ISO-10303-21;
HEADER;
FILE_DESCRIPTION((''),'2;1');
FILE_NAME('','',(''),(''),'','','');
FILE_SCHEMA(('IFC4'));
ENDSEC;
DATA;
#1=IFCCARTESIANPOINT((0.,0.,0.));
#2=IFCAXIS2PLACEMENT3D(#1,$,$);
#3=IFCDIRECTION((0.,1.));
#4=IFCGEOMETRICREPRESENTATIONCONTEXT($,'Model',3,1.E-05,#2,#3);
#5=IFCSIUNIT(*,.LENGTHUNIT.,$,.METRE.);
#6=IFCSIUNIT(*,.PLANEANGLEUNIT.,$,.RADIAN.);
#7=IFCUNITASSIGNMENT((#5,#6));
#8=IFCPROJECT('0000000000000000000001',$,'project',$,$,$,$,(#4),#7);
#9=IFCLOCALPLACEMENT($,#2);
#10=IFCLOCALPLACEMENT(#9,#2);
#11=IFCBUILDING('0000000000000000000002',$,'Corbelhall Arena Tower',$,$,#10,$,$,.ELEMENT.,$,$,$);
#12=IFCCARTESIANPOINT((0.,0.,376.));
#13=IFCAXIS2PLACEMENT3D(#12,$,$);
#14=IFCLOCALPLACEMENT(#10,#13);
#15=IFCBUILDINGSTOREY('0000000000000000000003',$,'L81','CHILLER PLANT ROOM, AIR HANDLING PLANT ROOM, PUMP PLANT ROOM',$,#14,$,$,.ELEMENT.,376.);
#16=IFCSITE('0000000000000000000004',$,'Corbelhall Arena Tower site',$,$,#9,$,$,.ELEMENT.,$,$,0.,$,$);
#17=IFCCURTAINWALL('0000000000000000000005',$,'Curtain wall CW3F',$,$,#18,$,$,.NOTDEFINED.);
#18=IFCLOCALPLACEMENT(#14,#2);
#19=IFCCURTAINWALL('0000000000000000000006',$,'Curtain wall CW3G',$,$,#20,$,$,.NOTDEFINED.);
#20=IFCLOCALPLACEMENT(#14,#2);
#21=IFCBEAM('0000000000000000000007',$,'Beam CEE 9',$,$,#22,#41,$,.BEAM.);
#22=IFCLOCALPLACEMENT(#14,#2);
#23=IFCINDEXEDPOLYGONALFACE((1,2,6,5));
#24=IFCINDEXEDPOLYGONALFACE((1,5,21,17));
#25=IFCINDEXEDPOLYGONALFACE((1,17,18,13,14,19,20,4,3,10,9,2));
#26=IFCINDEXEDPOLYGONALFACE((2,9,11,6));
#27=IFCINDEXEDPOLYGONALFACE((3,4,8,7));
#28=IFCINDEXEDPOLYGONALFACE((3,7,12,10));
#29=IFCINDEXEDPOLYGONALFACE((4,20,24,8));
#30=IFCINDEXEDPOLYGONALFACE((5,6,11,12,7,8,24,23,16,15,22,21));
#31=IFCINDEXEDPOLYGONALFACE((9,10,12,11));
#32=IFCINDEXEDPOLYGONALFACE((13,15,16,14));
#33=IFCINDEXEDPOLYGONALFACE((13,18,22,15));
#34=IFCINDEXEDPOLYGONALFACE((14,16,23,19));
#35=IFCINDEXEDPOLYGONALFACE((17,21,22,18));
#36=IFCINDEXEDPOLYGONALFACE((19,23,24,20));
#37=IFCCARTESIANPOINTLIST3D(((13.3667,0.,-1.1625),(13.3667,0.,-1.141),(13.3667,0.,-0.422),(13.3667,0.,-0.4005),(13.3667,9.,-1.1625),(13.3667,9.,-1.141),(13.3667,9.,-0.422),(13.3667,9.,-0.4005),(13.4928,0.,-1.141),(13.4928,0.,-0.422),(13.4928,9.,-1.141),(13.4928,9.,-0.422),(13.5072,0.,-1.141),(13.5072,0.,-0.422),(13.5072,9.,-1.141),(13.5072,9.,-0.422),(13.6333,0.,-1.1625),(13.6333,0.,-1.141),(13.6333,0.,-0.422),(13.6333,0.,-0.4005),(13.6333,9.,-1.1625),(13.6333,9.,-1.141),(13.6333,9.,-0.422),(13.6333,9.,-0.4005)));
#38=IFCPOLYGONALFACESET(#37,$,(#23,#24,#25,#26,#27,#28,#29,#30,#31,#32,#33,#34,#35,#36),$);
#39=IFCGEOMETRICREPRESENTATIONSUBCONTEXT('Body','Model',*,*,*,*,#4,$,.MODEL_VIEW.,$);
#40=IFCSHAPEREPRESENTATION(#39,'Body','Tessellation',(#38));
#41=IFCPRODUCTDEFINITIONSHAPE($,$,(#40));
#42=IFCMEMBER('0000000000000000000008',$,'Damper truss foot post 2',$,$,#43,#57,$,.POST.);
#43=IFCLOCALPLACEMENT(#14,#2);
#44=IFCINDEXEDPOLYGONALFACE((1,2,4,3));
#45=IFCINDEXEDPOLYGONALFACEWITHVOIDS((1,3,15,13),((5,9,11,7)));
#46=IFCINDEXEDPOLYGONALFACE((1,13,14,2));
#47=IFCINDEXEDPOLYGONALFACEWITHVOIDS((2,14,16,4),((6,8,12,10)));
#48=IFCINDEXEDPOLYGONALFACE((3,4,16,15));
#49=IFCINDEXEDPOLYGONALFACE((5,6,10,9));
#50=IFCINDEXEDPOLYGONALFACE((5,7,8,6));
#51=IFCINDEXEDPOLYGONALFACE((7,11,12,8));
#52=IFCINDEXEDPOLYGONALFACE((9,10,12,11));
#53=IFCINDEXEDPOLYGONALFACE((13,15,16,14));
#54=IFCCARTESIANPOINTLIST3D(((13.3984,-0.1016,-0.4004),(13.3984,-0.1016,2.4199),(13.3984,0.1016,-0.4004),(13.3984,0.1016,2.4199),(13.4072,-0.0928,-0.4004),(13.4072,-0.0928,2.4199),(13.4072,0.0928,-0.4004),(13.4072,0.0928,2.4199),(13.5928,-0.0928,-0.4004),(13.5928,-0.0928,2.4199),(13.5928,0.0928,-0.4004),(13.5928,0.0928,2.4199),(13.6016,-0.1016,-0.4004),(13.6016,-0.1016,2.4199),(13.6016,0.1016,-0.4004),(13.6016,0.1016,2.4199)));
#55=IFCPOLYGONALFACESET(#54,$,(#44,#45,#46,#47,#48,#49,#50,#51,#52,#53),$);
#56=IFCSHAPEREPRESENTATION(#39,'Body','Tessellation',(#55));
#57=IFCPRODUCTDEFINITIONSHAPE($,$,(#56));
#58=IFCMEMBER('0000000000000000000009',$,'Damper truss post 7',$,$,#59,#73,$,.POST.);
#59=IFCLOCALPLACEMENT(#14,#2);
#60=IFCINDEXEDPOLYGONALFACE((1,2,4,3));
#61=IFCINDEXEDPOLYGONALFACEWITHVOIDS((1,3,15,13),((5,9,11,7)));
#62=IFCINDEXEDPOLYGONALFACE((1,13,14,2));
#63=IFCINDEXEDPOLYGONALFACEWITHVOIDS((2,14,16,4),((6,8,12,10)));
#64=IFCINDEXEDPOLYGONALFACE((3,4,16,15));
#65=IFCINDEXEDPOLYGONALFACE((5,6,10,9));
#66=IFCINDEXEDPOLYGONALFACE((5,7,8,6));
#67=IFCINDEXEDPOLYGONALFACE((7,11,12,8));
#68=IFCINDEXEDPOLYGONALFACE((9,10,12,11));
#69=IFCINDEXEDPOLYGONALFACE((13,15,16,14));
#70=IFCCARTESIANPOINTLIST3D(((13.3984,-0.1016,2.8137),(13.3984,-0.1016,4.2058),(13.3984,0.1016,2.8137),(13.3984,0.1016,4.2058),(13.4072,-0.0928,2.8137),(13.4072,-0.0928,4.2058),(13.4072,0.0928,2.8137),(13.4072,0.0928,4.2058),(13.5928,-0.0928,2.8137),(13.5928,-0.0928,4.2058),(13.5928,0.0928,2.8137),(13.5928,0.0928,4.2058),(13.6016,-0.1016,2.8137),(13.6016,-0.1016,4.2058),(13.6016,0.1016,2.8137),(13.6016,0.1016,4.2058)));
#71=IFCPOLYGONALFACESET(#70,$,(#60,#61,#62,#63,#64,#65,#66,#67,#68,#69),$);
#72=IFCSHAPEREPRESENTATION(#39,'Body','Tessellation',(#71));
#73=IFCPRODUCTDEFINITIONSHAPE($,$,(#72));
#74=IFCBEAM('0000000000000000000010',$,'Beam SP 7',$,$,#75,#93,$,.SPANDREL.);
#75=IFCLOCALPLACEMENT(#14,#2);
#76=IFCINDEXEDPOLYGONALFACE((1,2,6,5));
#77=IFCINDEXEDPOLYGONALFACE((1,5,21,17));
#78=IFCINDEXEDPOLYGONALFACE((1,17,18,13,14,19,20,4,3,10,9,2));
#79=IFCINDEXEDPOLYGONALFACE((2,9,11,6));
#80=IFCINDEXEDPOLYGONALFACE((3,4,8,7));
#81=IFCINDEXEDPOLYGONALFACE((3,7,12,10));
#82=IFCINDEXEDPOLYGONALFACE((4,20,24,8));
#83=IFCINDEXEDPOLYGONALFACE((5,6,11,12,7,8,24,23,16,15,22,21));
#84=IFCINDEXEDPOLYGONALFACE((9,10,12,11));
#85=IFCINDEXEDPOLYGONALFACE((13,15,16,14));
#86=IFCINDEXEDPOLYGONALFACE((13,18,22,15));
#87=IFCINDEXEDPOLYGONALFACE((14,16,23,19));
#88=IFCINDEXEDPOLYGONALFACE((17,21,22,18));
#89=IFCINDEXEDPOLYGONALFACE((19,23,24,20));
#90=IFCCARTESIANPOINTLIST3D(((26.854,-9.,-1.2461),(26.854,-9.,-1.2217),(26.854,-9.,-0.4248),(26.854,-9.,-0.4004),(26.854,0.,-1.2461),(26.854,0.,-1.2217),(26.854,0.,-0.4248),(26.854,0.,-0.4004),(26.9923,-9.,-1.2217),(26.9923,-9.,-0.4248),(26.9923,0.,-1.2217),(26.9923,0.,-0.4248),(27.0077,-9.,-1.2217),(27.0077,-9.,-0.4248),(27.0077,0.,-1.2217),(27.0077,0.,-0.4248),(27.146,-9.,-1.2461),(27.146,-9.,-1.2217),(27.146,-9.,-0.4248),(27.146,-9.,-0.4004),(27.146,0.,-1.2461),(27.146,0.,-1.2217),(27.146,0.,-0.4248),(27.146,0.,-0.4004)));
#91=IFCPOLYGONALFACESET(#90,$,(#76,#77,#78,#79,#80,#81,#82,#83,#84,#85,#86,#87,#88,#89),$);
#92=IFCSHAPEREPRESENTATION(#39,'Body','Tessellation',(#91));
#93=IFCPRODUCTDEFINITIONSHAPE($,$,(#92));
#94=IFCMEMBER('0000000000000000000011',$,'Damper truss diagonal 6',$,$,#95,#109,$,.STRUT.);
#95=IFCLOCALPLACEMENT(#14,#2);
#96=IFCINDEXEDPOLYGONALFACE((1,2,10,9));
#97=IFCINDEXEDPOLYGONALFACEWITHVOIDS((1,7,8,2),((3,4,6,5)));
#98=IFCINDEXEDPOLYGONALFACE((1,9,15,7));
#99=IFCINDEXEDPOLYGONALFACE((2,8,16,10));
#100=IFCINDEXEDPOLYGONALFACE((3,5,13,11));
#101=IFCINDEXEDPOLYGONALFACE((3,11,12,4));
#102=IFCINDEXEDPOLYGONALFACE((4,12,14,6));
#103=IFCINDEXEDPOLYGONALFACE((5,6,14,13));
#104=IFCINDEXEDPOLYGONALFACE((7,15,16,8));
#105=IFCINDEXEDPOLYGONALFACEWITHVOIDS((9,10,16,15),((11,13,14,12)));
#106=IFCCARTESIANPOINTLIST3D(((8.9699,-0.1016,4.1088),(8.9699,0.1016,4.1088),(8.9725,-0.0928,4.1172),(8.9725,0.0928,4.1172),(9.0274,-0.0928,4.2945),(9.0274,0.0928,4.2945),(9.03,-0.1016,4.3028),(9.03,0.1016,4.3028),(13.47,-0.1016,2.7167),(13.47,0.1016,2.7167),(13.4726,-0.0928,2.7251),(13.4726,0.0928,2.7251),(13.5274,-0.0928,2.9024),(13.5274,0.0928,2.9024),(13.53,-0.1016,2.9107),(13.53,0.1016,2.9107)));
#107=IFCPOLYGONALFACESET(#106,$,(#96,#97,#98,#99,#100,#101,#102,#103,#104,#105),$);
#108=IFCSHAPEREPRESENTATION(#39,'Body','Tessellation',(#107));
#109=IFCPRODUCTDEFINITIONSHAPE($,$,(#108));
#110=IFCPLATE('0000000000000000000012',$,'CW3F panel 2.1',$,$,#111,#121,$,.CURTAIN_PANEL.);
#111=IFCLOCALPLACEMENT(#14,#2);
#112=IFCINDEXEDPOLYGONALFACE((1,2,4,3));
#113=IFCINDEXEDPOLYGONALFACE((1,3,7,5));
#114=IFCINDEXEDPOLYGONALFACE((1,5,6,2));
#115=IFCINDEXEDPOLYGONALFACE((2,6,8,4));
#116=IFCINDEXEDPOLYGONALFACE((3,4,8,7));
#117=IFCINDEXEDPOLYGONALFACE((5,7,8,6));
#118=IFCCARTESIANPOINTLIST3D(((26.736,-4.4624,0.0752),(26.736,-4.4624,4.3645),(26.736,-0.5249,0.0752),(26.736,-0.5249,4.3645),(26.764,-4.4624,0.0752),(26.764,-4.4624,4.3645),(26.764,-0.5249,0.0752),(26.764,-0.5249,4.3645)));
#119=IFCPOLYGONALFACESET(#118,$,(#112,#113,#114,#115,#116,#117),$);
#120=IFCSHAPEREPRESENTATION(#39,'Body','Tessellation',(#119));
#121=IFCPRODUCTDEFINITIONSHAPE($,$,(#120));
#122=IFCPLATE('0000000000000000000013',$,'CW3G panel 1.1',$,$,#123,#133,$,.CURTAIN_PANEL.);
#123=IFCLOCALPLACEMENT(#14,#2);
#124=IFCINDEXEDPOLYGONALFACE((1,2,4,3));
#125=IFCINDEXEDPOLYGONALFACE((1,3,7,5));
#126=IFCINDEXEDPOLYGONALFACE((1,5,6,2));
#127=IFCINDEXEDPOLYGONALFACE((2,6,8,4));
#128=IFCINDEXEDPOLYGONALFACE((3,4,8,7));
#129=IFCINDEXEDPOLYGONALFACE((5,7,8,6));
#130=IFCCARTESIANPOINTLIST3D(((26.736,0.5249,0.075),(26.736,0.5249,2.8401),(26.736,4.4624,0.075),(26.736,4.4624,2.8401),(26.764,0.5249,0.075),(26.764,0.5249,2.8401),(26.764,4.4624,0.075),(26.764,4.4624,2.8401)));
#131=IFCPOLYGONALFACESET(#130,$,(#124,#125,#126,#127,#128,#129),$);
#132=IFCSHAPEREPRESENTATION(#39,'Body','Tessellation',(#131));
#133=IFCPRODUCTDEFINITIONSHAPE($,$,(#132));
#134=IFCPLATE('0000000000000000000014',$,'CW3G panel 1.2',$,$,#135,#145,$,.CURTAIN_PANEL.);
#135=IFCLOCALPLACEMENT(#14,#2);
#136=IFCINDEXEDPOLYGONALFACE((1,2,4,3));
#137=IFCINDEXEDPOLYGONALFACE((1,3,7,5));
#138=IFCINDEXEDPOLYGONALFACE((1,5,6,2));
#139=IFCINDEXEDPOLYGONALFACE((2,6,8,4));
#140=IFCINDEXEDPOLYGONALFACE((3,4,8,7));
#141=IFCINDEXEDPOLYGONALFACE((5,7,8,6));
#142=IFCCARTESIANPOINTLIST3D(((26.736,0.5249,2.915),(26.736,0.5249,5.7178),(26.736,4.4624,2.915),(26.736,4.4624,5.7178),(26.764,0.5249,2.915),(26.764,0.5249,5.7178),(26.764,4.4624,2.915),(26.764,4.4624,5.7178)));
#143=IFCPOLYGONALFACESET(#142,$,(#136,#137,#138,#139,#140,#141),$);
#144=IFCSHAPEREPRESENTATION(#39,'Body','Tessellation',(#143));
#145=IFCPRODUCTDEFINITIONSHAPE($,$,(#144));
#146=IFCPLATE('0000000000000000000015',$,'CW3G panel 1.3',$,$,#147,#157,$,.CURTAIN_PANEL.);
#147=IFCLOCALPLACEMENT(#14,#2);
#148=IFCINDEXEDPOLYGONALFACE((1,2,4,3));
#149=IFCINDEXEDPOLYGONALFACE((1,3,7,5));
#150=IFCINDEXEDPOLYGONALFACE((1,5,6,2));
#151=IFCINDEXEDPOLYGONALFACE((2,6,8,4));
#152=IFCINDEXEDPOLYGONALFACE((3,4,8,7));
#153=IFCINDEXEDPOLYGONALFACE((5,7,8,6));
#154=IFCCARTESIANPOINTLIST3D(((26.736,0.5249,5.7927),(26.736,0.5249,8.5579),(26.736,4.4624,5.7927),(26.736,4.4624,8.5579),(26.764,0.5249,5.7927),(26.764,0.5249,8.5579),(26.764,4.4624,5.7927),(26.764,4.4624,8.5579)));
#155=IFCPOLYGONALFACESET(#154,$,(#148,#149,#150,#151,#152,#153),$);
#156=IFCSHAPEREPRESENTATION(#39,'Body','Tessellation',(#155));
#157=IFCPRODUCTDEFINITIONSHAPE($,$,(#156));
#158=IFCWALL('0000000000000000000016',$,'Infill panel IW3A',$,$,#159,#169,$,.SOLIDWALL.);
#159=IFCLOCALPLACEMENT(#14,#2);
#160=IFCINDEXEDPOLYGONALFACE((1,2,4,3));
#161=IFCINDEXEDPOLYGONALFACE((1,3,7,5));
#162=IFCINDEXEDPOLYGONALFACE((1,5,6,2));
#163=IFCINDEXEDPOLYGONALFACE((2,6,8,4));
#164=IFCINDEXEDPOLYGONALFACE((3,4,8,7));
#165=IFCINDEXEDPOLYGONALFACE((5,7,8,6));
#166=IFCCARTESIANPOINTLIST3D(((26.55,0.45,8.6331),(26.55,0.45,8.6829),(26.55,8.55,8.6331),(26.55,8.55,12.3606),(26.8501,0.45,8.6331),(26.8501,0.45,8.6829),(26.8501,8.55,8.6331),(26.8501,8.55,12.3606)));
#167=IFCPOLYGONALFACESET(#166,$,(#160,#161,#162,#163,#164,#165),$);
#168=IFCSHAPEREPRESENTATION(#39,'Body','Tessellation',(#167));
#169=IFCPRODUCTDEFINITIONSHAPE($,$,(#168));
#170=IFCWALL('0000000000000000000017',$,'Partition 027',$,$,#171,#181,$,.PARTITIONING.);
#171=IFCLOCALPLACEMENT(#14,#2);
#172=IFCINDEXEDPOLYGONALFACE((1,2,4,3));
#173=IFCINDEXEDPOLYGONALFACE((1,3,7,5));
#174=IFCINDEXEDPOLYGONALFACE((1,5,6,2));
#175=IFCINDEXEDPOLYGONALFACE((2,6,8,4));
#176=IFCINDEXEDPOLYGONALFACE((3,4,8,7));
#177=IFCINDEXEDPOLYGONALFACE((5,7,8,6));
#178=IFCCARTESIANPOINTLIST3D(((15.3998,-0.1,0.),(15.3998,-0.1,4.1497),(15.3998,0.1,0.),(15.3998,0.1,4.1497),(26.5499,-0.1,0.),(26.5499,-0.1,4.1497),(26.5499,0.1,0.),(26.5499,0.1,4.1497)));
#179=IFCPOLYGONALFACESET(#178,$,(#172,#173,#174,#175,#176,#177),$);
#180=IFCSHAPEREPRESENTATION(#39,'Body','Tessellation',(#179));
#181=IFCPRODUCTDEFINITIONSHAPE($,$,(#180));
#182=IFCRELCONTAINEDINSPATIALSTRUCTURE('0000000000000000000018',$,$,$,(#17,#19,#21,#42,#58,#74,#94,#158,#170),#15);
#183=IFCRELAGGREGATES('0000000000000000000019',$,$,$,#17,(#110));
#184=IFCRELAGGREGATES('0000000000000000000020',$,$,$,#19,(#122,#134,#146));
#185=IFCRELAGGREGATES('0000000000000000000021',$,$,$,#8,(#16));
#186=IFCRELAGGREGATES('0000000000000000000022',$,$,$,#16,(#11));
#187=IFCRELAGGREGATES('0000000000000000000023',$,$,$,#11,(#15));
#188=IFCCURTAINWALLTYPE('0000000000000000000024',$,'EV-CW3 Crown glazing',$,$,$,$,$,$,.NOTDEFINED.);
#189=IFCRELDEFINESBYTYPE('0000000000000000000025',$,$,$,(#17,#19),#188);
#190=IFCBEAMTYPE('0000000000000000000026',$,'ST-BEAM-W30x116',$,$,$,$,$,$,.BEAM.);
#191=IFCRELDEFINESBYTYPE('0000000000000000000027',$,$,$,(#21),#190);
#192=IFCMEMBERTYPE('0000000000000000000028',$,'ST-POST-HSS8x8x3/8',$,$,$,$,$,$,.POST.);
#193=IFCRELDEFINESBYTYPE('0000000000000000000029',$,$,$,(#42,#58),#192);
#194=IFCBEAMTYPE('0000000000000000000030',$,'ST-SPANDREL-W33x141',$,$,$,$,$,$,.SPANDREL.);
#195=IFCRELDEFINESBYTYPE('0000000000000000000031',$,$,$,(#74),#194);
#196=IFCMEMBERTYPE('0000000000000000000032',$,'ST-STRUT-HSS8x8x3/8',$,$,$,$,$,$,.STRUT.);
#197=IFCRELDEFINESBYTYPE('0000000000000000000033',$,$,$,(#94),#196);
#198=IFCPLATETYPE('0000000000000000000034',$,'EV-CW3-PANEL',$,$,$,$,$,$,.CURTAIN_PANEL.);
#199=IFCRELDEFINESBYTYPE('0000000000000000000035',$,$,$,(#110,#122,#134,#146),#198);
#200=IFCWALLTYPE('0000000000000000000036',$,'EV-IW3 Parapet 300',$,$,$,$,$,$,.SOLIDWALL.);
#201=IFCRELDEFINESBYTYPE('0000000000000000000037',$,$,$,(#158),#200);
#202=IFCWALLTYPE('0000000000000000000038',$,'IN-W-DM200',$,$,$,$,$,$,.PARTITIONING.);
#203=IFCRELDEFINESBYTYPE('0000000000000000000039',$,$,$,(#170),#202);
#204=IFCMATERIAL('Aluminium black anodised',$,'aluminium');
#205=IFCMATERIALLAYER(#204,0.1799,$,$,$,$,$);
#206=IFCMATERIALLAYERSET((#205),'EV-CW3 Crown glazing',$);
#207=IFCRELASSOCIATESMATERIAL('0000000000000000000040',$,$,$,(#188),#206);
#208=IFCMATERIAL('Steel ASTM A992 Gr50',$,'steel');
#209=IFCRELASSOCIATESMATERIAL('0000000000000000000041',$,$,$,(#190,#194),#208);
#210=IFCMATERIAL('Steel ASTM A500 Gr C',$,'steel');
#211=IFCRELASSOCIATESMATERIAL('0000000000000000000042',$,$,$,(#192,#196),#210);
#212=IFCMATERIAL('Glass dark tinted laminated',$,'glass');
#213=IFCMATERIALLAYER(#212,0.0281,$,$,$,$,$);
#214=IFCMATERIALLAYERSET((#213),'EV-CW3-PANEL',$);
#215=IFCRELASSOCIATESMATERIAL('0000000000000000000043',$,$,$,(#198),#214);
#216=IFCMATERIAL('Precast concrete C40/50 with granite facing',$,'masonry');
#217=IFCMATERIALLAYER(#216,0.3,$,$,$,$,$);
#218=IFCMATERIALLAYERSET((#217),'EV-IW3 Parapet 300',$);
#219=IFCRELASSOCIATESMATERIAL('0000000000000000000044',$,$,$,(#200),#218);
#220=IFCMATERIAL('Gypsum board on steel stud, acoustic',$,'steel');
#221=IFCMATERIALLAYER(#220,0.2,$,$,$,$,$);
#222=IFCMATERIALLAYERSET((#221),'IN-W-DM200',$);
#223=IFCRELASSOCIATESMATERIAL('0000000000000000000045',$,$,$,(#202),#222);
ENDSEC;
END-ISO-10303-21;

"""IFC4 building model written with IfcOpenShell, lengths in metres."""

from ifc_helpers import new_model, si_unit, direction, frame, frame_2d, origin, origin_2d, place, context, subcontext, project, spatial, polyline, rectangle, hollow_rectangle, i_section, outline, extrude, material, layer, layer_set, material_profile, profile_set, type_object, element, aggregate, save


model = new_model("IFC4")

# Units and contexts
model_context = context("Model", 3, precision=1e-05, world=origin(), true_north=direction((0.0, 1.0)))
body_context = subcontext(model_context, "Body", "Model", "MODEL_VIEW")
ifc_project = project(units=[si_unit("LENGTHUNIT", "METRE"), si_unit("PLANEANGLEUNIT", "RADIAN")], contexts=[model_context])

# Site, building, storey
site_placement = place(None, origin())
site = spatial("IfcSite", under=ifc_project, at=site_placement, Name="Corbelhall Arena Tower site", CompositionType="ELEMENT", RefElevation=0.0)
building_placement = place(site_placement, origin())
building = spatial("IfcBuilding", under=site, at=building_placement, Name="Corbelhall Arena Tower", CompositionType="ELEMENT")
storey_placement = place(building_placement, frame((0.0, 0.0, 376.0)))
storey = spatial("IfcBuildingStorey", under=building, at=storey_placement, Name="L81", Description="CHILLER PLANT ROOM, AIR HANDLING PLANT ROOM, PUMP PLANT ROOM", CompositionType="ELEMENT", Elevation=376.0)

# Curtain wall
ifc_material_1 = material(Name="Aluminium black anodised", Category="aluminium")
ifc_layer_1 = layer(ifc_material_1, 0.1799)
ifc_layer_set_1 = layer_set([ifc_layer_1], Name="EV-CW3 Crown glazing")
curtain_wall_type = type_object("IfcCurtainWallType", Name="EV-CW3 Crown glazing", PredefinedType="NOTDEFINED", material=ifc_layer_set_1)
curtain_wall_1_placement = place(storey_placement, origin())
curtain_wall_1 = element("IfcCurtainWall", 1, at=curtain_wall_1_placement, inside=storey, type_object=curtain_wall_type, Name="Curtain wall CW3F", PredefinedType="NOTDEFINED")

# Curtain wall
curtain_wall_2_placement = place(storey_placement, origin())
curtain_wall_2 = element("IfcCurtainWall", 2, at=curtain_wall_2_placement, inside=storey, type_object=curtain_wall_type, Name="Curtain wall CW3G", PredefinedType="NOTDEFINED")

# Beam
ifc_material_2 = material(Name="Steel ASTM A992 Gr50", Category="steel")
ifc_material_profile_1 = material_profile(ifc_material_2, i_section(OverallWidth=0.2666, OverallDepth=0.762, WebThickness=0.0144, FlangeThickness=0.0215, at=origin_2d()))
ifc_profile_set_1 = profile_set([ifc_material_profile_1], Name="Steel ASTM A992 Gr50")
beam_type_1 = type_object("IfcBeamType", Name="ST-BEAM-W30x116", PredefinedType="BEAM", material=ifc_profile_set_1)
beam_1_placement = place(storey_placement, frame((13.5, 0.0, -0.7815), z_axis=(0.0, 1.0, 0.0), x_axis=(-1.0, 0.0, 0.0)))
element("IfcBeam", 3, at=beam_1_placement, inside=storey, type_object=beam_type_1, Name="Beam CEE 9", PredefinedType="BEAM", context=body_context, shape_type="SweptSolid", body=[
    extrude(i_section(OverallWidth=0.2666, OverallDepth=0.762, WebThickness=0.0144, FlangeThickness=0.0215, at=origin_2d()), origin(), (0.0, 0.0, 1.0), 9.0),
])

# Members
ifc_material_3 = material(Name="Steel ASTM A500 Gr C", Category="steel")
ifc_material_profile_2 = material_profile(ifc_material_3, hollow_rectangle(XDim=0.2031, YDim=0.2031, WallThickness=0.0088, at=origin_2d()))
ifc_profile_set_2 = profile_set([ifc_material_profile_2], Name="Steel ASTM A500 Gr C")
member_type_1 = type_object("IfcMemberType", Name="ST-POST-HSS8x8x3/8", PredefinedType="POST", material=ifc_profile_set_2)
member_1_placement = place(storey_placement, frame((13.5, 0.0, -0.4004), z_axis=(0.0, 0.0, 1.0), x_axis=(1.0, 0.0, 0.0)))
element("IfcMember", 4, at=member_1_placement, inside=storey, type_object=member_type_1, Name="Damper truss foot post 2", PredefinedType="POST", context=body_context, shape_type="SweptSolid", body=[
    extrude(hollow_rectangle(XDim=0.2031, YDim=0.2031, WallThickness=0.0088, at=origin_2d()), origin(), (0.0, 0.0, 1.0), 2.8203),
])
member_2_placement = place(storey_placement, frame((13.5, 0.0, 2.8137), z_axis=(0.0, 0.0, 1.0), x_axis=(1.0, 0.0, 0.0)))
element("IfcMember", 5, at=member_2_placement, inside=storey, type_object=member_type_1, Name="Damper truss post 7", PredefinedType="POST", context=body_context, shape_type="SweptSolid", body=[
    extrude(hollow_rectangle(XDim=0.2031, YDim=0.2031, WallThickness=0.0088, at=origin_2d()), origin(), (0.0, 0.0, 1.0), 1.3921),
])

# Beam
ifc_material_profile_3 = material_profile(ifc_material_2, i_section(OverallWidth=0.292, OverallDepth=0.8457, WebThickness=0.0154, FlangeThickness=0.0244, at=origin_2d()))
ifc_profile_set_3 = profile_set([ifc_material_profile_3], Name="Steel ASTM A992 Gr50")
beam_type_2 = type_object("IfcBeamType", Name="ST-SPANDREL-W33x141", PredefinedType="SPANDREL", material=ifc_profile_set_3)
beam_2_placement = place(storey_placement, frame((27.0, 0.0, -0.8232), z_axis=(0.0, -1.0, 0.0), x_axis=(1.0, 0.0, 0.0)))
element("IfcBeam", 6, at=beam_2_placement, inside=storey, type_object=beam_type_2, Name="Beam SP 7", PredefinedType="SPANDREL", context=body_context, shape_type="SweptSolid", body=[
    extrude(i_section(OverallWidth=0.292, OverallDepth=0.8457, WebThickness=0.0154, FlangeThickness=0.0244, at=origin_2d()), origin(), (0.0, 0.0, 1.0), 9.0),
])

# Member
ifc_material_profile_4 = material_profile(ifc_material_3, hollow_rectangle(XDim=0.2031, YDim=0.2031, WallThickness=0.0088, at=origin_2d()))
ifc_profile_set_4 = profile_set([ifc_material_profile_4], Name="Steel ASTM A500 Gr C")
member_type_2 = type_object("IfcMemberType", Name="ST-STRUT-HSS8x8x3/8", PredefinedType="STRUT", material=ifc_profile_set_4)
member_3_placement = place(storey_placement, frame((13.5, 0.0, 2.8137), z_axis=(-0.955332, 0.0, 0.295535), x_axis=(0.0, -1.0, 0.0)))
element("IfcMember", 7, at=member_3_placement, inside=storey, type_object=member_type_2, Name="Damper truss diagonal 6", PredefinedType="STRUT", context=body_context, shape_type="SweptSolid", body=[
    extrude(hollow_rectangle(XDim=0.2031, YDim=0.2031, WallThickness=0.0088, at=origin_2d()), origin(), (0.0, 0.0, 1.0), 4.7104),
])

# Plates
ifc_material_4 = material(Name="Glass dark tinted laminated", Category="glass")
ifc_layer_2 = layer(ifc_material_4, 0.0281)
ifc_layer_set_2 = layer_set([ifc_layer_2], Name="EV-CW3-PANEL")
plate_type = type_object("IfcPlateType", Name="EV-CW3-PANEL", PredefinedType="CURTAIN_PANEL", material=ifc_layer_set_2)
plate_1_placement = place(storey_placement, frame((26.75, -2.4937, 0.0752), z_axis=(0.0, 0.0, 1.0), x_axis=(0.0, 1.0, 0.0)))
plate_1 = element("IfcPlate", 8, at=plate_1_placement, type_object=plate_type, Name="CW3F panel 2.1", PredefinedType="CURTAIN_PANEL", context=body_context, shape_type="SweptSolid", body=[
    extrude(rectangle(XDim=3.9375, YDim=0.0281, at=origin_2d()), origin(), (0.0, 0.0, 1.0), 4.2893),
])
aggregate(curtain_wall_1, [plate_1])
plate_2_placement = place(storey_placement, frame((26.75, 2.4937, 0.075), z_axis=(0.0, 0.0, 1.0), x_axis=(0.0, 1.0, 0.0)))
plate_2 = element("IfcPlate", 9, at=plate_2_placement, type_object=plate_type, Name="CW3G panel 1.1", PredefinedType="CURTAIN_PANEL", context=body_context, shape_type="SweptSolid", body=[
    extrude(rectangle(XDim=3.9375, YDim=0.0281, at=origin_2d()), origin(), (0.0, 0.0, 1.0), 2.7651),
])
plate_3_placement = place(storey_placement, frame((26.75, 2.4937, 2.915), z_axis=(0.0, 0.0, 1.0), x_axis=(0.0, 1.0, 0.0)))
plate_3 = element("IfcPlate", 10, at=plate_3_placement, type_object=plate_type, Name="CW3G panel 1.2", PredefinedType="CURTAIN_PANEL", context=body_context, shape_type="SweptSolid", body=[
    extrude(rectangle(XDim=3.9375, YDim=0.0281, at=origin_2d()), origin(), (0.0, 0.0, 1.0), 2.8027),
])
plate_4_placement = place(storey_placement, frame((26.75, 2.4937, 5.7927), z_axis=(0.0, 0.0, 1.0), x_axis=(0.0, 1.0, 0.0)))
plate_4 = element("IfcPlate", 11, at=plate_4_placement, type_object=plate_type, Name="CW3G panel 1.3", PredefinedType="CURTAIN_PANEL", context=body_context, shape_type="SweptSolid", body=[
    extrude(rectangle(XDim=3.9375, YDim=0.0281, at=origin_2d()), origin(), (0.0, 0.0, 1.0), 2.7651),
])
aggregate(curtain_wall_2, [plate_2, plate_3, plate_4])

# Walls
ifc_material_5 = material(Name="Precast concrete C40/50 with granite facing", Category="masonry")
ifc_layer_3 = layer(ifc_material_5, 0.3)
ifc_layer_set_3 = layer_set([ifc_layer_3], Name="EV-IW3 Parapet 300")
wall_type_1 = type_object("IfcWallType", Name="EV-IW3 Parapet 300", PredefinedType="SOLIDWALL", material=ifc_layer_set_3)
wall_1_placement = place(storey_placement, frame((26.7, 0.45, 8.6331), z_axis=(0.0, 0.0, 1.0), x_axis=(0.0, 1.0, 0.0)))
element("IfcWall", 12, at=wall_1_placement, inside=storey, type_object=wall_type_1, Name="Infill panel IW3A", PredefinedType="SOLIDWALL", context=body_context, shape_type="SweptSolid", body=[
    extrude(outline(polyline([(0.0, 0.0), (8.1001, 0.0), (8.1001, 3.7275), (0.0, 0.0498), (0.0, 0.0)])), frame((0.0, 0.1499, 0.0), z_axis=(0.0, -1.0, 0.0), x_axis=(1.0, 0.0, 0.0)), (0.0, 0.0, 1.0), 0.3),
])
ifc_material_6 = material(Name="Gypsum board on steel stud, acoustic", Category="steel")
ifc_layer_4 = layer(ifc_material_6, 0.2)
ifc_layer_set_4 = layer_set([ifc_layer_4], Name="IN-W-DM200")
wall_type_2 = type_object("IfcWallType", Name="IN-W-DM200", PredefinedType="PARTITIONING", material=ifc_layer_set_4)
wall_2_placement = place(storey_placement, frame((26.55, 0.0, 0.0), z_axis=(0.0, 0.0, 1.0), x_axis=(-1.0, 0.0, 0.0)))
element("IfcWall", 13, at=wall_2_placement, inside=storey, type_object=wall_type_2, Name="Partition 027", PredefinedType="PARTITIONING", context=body_context, shape_type="SweptSolid", body=[
    extrude(rectangle(XDim=11.1501, YDim=0.2, at=frame_2d((5.5752, 0.0))), origin(), (0.0, 0.0, 1.0), 4.1497),
])

save(model, "model.ifc")
